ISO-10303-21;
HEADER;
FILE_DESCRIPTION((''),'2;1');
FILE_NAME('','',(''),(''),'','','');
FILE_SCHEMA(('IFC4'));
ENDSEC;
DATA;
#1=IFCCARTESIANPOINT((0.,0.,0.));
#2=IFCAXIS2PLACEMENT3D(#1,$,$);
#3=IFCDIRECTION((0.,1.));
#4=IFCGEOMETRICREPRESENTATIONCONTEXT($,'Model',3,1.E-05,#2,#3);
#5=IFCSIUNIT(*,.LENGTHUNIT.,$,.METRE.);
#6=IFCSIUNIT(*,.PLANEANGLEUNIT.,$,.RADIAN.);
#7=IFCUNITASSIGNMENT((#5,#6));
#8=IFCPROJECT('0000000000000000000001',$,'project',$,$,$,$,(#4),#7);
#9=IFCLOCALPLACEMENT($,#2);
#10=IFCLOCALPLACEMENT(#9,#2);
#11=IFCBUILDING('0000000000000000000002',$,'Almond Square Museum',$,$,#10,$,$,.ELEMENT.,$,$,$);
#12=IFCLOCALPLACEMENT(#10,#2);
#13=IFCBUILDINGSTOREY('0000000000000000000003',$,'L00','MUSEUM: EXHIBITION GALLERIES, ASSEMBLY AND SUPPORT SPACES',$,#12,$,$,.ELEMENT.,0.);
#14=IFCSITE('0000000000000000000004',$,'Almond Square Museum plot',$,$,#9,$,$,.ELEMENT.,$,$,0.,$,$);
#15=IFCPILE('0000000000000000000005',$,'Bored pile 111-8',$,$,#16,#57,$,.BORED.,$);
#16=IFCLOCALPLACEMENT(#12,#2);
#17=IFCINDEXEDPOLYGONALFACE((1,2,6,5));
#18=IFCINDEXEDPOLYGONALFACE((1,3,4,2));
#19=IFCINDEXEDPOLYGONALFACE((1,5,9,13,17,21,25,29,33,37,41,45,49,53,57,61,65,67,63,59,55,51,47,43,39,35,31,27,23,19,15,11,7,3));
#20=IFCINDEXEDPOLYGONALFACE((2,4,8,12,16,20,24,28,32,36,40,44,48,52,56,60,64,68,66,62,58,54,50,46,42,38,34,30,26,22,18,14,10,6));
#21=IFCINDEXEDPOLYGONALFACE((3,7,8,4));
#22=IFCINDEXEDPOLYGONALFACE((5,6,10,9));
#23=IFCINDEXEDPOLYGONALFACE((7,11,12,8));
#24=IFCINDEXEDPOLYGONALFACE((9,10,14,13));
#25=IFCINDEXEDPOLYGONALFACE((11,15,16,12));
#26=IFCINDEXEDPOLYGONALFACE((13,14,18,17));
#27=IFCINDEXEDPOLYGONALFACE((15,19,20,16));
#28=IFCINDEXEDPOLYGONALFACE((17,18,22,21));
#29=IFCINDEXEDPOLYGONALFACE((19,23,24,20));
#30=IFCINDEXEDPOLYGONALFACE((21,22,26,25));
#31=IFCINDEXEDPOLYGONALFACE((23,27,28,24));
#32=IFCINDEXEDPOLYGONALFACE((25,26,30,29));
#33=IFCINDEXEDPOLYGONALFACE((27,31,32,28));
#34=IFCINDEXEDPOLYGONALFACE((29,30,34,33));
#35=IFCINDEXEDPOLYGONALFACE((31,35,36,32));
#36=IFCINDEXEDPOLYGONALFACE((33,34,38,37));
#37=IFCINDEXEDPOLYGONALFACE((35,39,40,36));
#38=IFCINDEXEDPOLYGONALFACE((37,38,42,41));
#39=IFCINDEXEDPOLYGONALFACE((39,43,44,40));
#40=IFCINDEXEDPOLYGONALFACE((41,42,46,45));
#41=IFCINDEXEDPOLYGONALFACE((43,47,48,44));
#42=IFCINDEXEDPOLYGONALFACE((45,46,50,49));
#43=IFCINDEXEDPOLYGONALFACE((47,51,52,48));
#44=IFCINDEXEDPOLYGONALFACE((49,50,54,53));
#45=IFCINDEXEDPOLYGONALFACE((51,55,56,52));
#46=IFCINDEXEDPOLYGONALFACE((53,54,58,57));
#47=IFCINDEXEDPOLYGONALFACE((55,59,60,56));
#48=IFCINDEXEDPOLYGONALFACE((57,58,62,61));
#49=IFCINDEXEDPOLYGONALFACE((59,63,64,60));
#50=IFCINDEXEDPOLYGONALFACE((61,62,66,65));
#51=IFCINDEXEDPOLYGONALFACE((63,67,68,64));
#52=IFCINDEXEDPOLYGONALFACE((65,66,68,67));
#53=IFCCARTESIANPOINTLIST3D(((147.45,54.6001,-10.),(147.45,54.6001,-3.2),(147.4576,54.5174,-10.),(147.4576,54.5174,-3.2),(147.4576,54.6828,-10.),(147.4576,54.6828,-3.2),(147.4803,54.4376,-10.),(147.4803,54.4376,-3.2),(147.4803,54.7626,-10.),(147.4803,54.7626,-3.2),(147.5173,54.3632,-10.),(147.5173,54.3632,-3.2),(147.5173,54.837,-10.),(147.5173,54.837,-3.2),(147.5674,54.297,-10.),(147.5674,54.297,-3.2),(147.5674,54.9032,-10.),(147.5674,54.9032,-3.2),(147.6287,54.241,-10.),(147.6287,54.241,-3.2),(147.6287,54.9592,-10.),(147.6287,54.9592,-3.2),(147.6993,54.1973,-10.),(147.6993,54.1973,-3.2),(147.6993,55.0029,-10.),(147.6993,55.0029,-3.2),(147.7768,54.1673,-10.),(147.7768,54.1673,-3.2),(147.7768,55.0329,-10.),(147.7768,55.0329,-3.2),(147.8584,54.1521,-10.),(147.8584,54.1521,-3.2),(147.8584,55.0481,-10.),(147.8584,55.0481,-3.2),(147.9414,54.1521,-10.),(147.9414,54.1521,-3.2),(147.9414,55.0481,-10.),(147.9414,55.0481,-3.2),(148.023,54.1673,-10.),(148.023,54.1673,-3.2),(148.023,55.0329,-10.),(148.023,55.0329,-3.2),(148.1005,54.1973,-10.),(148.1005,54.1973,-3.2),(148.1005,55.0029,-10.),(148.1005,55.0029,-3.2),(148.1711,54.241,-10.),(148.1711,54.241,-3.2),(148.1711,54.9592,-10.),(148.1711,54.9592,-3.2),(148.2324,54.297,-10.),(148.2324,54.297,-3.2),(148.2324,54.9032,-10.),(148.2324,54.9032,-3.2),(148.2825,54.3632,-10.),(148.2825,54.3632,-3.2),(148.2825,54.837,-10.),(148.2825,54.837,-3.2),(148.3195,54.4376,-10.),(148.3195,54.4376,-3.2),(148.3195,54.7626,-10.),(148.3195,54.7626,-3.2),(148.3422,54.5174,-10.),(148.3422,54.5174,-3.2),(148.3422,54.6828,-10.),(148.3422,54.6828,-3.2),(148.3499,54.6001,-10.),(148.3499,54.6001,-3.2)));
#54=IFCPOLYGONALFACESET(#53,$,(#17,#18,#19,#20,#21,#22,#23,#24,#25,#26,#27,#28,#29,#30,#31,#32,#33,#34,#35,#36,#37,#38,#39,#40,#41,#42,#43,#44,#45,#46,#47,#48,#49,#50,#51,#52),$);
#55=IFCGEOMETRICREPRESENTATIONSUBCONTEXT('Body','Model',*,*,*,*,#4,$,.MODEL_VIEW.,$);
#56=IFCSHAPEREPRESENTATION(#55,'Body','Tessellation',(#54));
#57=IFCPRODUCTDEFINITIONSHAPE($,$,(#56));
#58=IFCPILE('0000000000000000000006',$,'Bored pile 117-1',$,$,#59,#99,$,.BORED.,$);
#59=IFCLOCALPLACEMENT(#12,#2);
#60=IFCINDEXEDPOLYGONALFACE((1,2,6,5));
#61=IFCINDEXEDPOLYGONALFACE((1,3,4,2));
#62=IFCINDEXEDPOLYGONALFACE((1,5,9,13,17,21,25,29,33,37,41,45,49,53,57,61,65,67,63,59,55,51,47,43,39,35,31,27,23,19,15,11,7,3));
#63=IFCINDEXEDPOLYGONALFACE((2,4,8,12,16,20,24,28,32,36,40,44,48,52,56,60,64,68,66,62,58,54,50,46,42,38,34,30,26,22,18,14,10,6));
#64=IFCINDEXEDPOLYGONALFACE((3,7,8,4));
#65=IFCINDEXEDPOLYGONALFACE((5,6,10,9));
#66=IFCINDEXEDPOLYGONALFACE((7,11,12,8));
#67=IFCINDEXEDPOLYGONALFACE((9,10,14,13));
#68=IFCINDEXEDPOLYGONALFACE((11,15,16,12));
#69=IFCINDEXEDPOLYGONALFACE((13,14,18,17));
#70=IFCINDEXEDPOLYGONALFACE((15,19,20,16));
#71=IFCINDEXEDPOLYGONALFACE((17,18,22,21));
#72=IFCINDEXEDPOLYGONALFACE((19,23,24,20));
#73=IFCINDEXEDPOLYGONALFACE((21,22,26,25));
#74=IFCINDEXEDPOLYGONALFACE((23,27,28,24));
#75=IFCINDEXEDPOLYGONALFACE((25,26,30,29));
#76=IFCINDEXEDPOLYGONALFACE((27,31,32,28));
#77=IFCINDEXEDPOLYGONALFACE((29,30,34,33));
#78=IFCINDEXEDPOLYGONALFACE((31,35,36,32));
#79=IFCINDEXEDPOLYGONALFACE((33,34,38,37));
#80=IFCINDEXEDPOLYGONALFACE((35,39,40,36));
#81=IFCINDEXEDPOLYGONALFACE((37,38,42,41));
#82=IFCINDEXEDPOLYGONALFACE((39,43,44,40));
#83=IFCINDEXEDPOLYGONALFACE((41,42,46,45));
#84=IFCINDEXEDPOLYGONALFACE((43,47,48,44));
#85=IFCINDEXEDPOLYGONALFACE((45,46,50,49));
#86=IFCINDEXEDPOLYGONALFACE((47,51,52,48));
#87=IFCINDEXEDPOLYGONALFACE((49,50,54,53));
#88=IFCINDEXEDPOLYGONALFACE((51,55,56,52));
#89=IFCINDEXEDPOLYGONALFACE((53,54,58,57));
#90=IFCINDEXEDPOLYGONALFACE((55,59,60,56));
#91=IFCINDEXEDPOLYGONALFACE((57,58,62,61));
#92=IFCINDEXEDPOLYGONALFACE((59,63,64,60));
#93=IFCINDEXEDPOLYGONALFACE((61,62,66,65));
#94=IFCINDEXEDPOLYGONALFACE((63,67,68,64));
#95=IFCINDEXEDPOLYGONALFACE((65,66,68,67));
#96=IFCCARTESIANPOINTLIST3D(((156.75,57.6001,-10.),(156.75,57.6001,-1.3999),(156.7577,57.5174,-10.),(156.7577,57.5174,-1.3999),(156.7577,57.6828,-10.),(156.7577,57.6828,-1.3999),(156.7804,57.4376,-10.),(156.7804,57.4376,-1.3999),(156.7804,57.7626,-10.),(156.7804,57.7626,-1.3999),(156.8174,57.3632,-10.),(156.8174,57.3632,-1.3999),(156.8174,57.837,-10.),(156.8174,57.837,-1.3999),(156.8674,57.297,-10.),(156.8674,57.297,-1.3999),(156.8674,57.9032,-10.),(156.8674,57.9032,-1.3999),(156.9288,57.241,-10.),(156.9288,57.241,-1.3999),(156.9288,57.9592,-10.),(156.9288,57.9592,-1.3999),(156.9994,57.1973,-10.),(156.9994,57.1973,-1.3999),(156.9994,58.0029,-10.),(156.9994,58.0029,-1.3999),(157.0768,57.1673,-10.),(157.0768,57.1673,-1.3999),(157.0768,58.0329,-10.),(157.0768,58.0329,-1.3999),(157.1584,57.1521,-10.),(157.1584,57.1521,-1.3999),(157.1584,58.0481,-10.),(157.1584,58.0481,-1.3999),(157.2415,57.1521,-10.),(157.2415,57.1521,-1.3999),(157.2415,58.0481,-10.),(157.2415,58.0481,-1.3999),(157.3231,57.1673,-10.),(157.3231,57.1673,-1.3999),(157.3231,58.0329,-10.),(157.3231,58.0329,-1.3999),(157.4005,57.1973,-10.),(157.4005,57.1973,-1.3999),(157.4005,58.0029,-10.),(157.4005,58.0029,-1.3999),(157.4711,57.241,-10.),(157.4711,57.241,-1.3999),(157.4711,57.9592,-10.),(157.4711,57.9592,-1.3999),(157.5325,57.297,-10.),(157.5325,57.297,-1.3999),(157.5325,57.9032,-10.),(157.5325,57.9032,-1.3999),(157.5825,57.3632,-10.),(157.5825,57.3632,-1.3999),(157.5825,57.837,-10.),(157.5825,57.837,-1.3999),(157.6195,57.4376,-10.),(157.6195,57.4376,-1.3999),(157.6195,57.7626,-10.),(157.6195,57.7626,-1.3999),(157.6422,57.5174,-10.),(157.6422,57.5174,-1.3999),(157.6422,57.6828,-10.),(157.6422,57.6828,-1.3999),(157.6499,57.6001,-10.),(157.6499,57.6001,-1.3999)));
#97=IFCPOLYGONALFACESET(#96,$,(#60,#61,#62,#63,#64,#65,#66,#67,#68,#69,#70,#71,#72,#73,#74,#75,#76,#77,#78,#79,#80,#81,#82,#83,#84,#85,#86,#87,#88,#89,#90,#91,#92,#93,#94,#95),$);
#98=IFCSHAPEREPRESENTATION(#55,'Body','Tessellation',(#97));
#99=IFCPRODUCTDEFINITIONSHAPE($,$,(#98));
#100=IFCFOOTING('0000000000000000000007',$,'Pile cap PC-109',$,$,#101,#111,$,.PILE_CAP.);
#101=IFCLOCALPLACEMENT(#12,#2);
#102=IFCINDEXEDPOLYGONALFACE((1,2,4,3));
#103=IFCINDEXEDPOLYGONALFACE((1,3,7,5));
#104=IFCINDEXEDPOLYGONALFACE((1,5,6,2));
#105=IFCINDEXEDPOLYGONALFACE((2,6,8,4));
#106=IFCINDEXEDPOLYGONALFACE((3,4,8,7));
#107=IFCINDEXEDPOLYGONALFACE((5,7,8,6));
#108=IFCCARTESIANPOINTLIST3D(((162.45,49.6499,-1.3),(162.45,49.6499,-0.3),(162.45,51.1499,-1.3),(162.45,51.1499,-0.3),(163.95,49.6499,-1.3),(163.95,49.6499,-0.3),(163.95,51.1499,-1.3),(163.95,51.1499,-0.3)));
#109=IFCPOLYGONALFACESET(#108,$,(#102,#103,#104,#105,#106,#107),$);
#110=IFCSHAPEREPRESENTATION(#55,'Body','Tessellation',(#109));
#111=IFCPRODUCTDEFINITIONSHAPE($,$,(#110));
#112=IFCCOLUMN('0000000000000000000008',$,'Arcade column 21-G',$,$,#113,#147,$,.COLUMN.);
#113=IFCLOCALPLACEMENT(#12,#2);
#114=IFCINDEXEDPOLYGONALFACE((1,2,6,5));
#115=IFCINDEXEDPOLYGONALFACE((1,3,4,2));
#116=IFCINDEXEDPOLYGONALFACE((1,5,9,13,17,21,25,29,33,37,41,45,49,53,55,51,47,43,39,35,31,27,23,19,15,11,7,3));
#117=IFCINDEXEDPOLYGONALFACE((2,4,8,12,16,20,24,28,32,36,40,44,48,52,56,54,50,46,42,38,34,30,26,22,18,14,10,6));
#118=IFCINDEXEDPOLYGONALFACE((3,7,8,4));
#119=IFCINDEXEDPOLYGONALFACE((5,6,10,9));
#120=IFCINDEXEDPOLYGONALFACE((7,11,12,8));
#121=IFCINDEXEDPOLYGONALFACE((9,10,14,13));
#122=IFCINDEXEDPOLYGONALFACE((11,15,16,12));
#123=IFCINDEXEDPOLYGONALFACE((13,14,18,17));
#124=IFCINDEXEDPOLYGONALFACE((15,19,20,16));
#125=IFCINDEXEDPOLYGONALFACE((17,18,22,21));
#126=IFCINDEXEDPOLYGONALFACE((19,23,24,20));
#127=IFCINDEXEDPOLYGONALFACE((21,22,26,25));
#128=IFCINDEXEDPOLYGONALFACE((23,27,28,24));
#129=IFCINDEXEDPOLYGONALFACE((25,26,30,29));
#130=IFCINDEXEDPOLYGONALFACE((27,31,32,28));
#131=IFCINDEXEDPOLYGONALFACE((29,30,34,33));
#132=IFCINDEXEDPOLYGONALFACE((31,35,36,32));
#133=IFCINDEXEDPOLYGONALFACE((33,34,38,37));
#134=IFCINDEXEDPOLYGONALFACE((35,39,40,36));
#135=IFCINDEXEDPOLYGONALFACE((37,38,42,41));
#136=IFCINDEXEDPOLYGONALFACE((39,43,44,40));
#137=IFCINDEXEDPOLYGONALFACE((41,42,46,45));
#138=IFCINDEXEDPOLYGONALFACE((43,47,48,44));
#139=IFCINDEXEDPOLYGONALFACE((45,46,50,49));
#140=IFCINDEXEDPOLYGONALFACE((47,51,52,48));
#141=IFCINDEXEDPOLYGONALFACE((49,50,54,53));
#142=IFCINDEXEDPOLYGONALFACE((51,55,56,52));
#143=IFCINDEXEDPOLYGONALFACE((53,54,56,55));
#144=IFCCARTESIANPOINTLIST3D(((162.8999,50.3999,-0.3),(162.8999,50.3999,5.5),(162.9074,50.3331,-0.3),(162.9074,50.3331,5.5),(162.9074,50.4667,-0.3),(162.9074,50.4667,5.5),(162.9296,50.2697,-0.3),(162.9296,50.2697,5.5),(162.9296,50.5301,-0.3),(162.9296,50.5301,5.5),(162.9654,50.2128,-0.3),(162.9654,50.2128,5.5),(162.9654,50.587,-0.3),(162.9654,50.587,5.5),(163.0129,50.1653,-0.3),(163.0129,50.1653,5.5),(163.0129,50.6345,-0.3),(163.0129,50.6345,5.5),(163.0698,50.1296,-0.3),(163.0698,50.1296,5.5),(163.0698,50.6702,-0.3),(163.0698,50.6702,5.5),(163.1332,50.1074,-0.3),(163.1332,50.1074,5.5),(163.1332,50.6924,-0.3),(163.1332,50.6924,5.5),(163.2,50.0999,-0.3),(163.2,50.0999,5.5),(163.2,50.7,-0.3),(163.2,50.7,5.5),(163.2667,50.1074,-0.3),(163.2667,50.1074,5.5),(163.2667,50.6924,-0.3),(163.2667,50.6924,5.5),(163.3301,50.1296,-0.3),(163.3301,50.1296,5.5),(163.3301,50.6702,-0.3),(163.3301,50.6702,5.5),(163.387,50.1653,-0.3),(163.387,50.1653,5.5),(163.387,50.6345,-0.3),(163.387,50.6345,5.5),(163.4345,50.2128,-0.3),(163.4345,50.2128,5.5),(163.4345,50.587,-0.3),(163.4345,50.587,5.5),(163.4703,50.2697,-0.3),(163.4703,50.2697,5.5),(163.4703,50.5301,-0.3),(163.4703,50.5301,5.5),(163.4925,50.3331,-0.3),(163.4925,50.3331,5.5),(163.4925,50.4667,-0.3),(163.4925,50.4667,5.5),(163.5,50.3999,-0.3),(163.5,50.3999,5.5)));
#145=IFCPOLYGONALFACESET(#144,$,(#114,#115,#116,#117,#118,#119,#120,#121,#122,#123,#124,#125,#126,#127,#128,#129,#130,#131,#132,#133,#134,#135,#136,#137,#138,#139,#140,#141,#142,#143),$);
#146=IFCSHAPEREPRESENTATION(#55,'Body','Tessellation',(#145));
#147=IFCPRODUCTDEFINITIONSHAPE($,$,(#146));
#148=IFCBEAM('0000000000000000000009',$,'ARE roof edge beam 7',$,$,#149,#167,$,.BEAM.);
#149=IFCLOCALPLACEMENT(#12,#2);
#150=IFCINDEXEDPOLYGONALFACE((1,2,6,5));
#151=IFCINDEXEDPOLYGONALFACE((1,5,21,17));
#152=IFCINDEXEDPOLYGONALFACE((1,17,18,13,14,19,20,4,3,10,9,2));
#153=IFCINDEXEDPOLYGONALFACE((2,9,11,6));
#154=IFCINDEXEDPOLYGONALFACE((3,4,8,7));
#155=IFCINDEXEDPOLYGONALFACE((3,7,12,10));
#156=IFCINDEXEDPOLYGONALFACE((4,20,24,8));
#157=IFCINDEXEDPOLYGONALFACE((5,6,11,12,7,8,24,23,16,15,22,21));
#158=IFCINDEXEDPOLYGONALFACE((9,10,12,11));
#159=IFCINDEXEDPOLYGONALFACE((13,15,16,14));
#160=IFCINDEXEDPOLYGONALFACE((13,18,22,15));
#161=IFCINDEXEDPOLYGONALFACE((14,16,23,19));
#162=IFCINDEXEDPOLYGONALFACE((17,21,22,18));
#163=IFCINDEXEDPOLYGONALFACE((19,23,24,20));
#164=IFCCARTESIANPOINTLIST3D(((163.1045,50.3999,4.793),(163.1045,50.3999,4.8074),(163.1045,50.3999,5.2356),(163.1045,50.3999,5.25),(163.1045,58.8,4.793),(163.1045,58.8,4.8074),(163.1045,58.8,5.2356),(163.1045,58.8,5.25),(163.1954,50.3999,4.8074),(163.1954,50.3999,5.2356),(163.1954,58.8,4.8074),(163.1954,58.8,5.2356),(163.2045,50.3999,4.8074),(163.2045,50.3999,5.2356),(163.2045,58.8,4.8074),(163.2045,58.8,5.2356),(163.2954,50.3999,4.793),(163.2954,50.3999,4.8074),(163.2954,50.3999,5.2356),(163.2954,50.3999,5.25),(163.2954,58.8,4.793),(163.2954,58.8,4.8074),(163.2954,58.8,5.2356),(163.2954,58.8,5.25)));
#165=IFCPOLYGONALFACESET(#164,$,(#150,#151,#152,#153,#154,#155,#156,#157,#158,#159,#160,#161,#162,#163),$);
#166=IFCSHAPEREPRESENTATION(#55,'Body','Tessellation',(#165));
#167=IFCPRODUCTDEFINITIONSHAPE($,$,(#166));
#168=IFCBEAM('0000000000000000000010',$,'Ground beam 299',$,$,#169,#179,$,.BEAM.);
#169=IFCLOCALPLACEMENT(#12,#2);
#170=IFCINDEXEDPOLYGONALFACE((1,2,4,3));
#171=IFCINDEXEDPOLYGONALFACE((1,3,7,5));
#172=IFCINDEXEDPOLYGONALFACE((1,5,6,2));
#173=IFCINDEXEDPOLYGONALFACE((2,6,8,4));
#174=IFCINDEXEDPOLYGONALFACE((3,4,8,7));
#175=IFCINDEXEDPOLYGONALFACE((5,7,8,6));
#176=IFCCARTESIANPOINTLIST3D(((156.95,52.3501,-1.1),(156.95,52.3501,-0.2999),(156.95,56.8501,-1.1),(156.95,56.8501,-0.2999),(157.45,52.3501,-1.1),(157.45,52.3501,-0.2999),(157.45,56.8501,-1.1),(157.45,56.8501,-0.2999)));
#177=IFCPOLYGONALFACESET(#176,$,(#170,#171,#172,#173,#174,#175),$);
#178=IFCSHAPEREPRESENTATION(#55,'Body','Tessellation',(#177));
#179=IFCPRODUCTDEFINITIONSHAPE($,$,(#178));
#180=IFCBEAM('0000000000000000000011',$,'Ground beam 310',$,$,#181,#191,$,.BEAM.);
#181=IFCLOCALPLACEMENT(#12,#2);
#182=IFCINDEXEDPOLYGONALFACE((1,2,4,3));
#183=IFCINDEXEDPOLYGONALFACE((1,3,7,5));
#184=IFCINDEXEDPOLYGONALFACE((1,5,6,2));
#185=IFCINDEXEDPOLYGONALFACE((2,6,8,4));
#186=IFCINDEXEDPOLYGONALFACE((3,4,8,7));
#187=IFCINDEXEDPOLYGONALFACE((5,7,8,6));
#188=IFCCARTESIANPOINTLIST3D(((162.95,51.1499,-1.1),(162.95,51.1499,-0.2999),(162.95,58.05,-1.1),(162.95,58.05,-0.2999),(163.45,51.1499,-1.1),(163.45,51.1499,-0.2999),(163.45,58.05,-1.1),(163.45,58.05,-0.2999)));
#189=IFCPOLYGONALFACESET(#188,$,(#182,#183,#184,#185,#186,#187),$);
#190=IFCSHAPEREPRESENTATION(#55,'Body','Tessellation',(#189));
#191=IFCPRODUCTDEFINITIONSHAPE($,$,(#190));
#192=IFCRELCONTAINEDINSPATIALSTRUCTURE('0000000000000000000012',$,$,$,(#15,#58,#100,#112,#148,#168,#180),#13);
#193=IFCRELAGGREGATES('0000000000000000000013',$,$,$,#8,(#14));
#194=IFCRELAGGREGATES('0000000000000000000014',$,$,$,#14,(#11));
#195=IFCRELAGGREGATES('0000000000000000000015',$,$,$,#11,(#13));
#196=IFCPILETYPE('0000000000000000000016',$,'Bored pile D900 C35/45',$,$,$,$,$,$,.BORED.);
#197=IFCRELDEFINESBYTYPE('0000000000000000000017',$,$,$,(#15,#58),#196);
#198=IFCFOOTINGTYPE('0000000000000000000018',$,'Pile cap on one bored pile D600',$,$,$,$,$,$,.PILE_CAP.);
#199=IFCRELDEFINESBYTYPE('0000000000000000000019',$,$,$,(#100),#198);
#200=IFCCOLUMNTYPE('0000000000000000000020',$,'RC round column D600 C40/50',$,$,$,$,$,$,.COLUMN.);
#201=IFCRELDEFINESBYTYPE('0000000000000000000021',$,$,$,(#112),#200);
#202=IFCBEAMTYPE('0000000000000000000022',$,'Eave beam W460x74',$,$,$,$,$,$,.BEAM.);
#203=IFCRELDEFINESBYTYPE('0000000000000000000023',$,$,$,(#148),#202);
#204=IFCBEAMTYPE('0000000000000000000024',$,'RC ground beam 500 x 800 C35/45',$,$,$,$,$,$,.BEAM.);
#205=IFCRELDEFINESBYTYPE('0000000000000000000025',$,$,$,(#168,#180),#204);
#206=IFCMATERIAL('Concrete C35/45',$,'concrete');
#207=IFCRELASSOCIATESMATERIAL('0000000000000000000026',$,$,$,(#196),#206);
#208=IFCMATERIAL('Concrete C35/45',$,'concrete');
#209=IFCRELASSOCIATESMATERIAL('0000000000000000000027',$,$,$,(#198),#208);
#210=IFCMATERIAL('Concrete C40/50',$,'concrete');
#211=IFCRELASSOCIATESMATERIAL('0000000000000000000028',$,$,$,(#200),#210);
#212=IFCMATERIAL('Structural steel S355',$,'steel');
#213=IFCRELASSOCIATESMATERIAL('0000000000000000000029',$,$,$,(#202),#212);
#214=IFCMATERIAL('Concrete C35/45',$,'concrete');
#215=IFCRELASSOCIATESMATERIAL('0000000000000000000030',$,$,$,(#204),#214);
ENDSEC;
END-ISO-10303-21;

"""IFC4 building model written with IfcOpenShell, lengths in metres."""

from ifc_helpers import new_model, si_unit, direction, frame, origin, origin_2d, place, context, subcontext, project, spatial, rectangle, circle, i_section, extrude, material, material_profile, profile_set, type_object, element, save


model = new_model("IFC4")

# Units and contexts
model_context = context("Model", 3, precision=1e-05, world=origin(), true_north=direction((0.0, 1.0)))
body_context = subcontext(model_context, "Body", "Model", "MODEL_VIEW")
ifc_project = project(units=[si_unit("LENGTHUNIT", "METRE"), si_unit("PLANEANGLEUNIT", "RADIAN")], contexts=[model_context])

# Site, building, storey
site_placement = place(None, origin())
site = spatial("IfcSite", under=ifc_project, at=site_placement, Name="Almond Square Museum plot", CompositionType="ELEMENT", RefElevation=0.0)
building_placement = place(site_placement, origin())
building = spatial("IfcBuilding", under=site, at=building_placement, Name="Almond Square Museum", CompositionType="ELEMENT")
storey_placement = place(building_placement, origin())
storey = spatial("IfcBuildingStorey", under=building, at=storey_placement, Name="L00", Description="MUSEUM: EXHIBITION GALLERIES, ASSEMBLY AND SUPPORT SPACES", CompositionType="ELEMENT", Elevation=0.0)

# Piles
ifc_material_1 = material(Name="Concrete C35/45", Category="concrete")
ifc_material_profile_1 = material_profile(ifc_material_1, circle(Radius=0.45, at=origin_2d()))
ifc_profile_set_1 = profile_set([ifc_material_profile_1], Name="Concrete C35/45")
pile_type_1 = type_object("IfcPileType", Name="Bored pile D900 C35/45", PredefinedType="BORED", material=ifc_profile_set_1)
for number, where, z_axis, x_axis, name in (
    (1, (147.8999, 54.6001, -3.2), (0.0, 0.0, -1.0), (1.0, 0.0, 0.0), "Bored pile 111-8"),
):
    element("IfcPile", number, at=place(storey_placement, frame(where, z_axis=z_axis, x_axis=x_axis)), inside=storey, type_object=pile_type_1, Name=name, PredefinedType="BORED", context=body_context, shape_type="SweptSolid", body=[
        extrude(circle(Radius=0.45, at=origin_2d()), origin(), (0.0, 0.0, 1.0), 6.8),
    ])
pile_1_placement = place(storey_placement, frame((157.2, 57.6001, -1.3999), z_axis=(0.0, 0.0, -1.0), x_axis=(1.0, 0.0, 0.0)))
element("IfcPile", 2, at=pile_1_placement, inside=storey, type_object=pile_type_1, Name="Bored pile 117-1", PredefinedType="BORED", context=body_context, shape_type="SweptSolid", body=[
    extrude(circle(Radius=0.45, at=origin_2d()), origin(), (0.0, 0.0, 1.0), 8.6001),
])

# Footing
ifc_material_2 = material(Name="Concrete C35/45", Category="concrete")
footing_type = type_object("IfcFootingType", Name="Pile cap on one bored pile D600", PredefinedType="PILE_CAP", material=ifc_material_2)
footing_placement = place(storey_placement, frame((163.2, 50.3999, -1.3), z_axis=(0.0, 0.0, 1.0), x_axis=(1.0, 0.0, 0.0)))
element("IfcFooting", 3, at=footing_placement, inside=storey, type_object=footing_type, Name="Pile cap PC-109", PredefinedType="PILE_CAP", context=body_context, shape_type="SweptSolid", body=[
    extrude(rectangle(XDim=1.5, YDim=1.5, at=origin_2d()), origin(), (0.0, 0.0, 1.0), 1.0),
])

# Column
ifc_material_3 = material(Name="Concrete C40/50", Category="concrete")
ifc_material_profile_2 = material_profile(ifc_material_3, circle(Radius=0.3, at=origin_2d()))
ifc_profile_set_2 = profile_set([ifc_material_profile_2], Name="Concrete C40/50")
column_type = type_object("IfcColumnType", Name="RC round column D600 C40/50", PredefinedType="COLUMN", material=ifc_profile_set_2)
column_placement = place(storey_placement, frame((163.2, 50.3999, -0.3), z_axis=(0.0, 0.0, 1.0), x_axis=(1.0, 0.0, 0.0)))
element("IfcColumn", 4, at=column_placement, inside=storey, type_object=column_type, Name="Arcade column 21-G", PredefinedType="COLUMN", context=body_context, shape_type="SweptSolid", body=[
    extrude(circle(Radius=0.3, at=origin_2d()), origin(), (0.0, 0.0, 1.0), 5.8),
])

# Beams
ifc_material_4 = material(Name="Structural steel S355", Category="steel")
ifc_material_profile_3 = material_profile(ifc_material_4, i_section(OverallWidth=0.1909, OverallDepth=0.457, WebThickness=0.009, FlangeThickness=0.0144, at=origin_2d()))
ifc_profile_set_3 = profile_set([ifc_material_profile_3], Name="Structural steel S355")
beam_type_1 = type_object("IfcBeamType", Name="Eave beam W460x74", PredefinedType="BEAM", material=ifc_profile_set_3)
beam_1_placement = place(storey_placement, frame((163.2, 50.3999, 5.0215), z_axis=(0.0, 1.0, 0.0), x_axis=(-1.0, 0.0, 0.0)))
element("IfcBeam", 5, at=beam_1_placement, inside=storey, type_object=beam_type_1, Name="ARE roof edge beam 7", PredefinedType="BEAM", context=body_context, shape_type="SweptSolid", body=[
    extrude(i_section(OverallWidth=0.1909, OverallDepth=0.457, WebThickness=0.009, FlangeThickness=0.0144, at=origin_2d()), origin(), (0.0, 0.0, 1.0), 8.4001),
])
ifc_material_5 = material(Name="Concrete C35/45", Category="concrete")
ifc_material_profile_4 = material_profile(ifc_material_5, rectangle(XDim=0.5, YDim=0.8, at=origin_2d()))
ifc_profile_set_4 = profile_set([ifc_material_profile_4], Name="Concrete C35/45")
beam_type_2 = type_object("IfcBeamType", Name="RC ground beam 500 x 800 C35/45", PredefinedType="BEAM", material=ifc_profile_set_4)
beam_2_placement = place(storey_placement, frame((157.2, 52.3501, -0.7), z_axis=(0.0, 1.0, 0.0), x_axis=(-1.0, 0.0, 0.0)))
element("IfcBeam", 6, at=beam_2_placement, inside=storey, type_object=beam_type_2, Name="Ground beam 299", PredefinedType="BEAM", context=body_context, shape_type="SweptSolid", body=[
    extrude(rectangle(XDim=0.5, YDim=0.8, at=origin_2d()), origin(), (0.0, 0.0, 1.0), 4.5),
])
beam_3_placement = place(storey_placement, frame((163.2, 51.1499, -0.7), z_axis=(0.0, 1.0, 0.0), x_axis=(-1.0, 0.0, 0.0)))
element("IfcBeam", 7, at=beam_3_placement, inside=storey, type_object=beam_type_2, Name="Ground beam 310", PredefinedType="BEAM", context=body_context, shape_type="SweptSolid", body=[
    extrude(rectangle(XDim=0.5, YDim=0.8, at=origin_2d()), origin(), (0.0, 0.0, 1.0), 6.9001),
])

save(model, "model.ifc")
